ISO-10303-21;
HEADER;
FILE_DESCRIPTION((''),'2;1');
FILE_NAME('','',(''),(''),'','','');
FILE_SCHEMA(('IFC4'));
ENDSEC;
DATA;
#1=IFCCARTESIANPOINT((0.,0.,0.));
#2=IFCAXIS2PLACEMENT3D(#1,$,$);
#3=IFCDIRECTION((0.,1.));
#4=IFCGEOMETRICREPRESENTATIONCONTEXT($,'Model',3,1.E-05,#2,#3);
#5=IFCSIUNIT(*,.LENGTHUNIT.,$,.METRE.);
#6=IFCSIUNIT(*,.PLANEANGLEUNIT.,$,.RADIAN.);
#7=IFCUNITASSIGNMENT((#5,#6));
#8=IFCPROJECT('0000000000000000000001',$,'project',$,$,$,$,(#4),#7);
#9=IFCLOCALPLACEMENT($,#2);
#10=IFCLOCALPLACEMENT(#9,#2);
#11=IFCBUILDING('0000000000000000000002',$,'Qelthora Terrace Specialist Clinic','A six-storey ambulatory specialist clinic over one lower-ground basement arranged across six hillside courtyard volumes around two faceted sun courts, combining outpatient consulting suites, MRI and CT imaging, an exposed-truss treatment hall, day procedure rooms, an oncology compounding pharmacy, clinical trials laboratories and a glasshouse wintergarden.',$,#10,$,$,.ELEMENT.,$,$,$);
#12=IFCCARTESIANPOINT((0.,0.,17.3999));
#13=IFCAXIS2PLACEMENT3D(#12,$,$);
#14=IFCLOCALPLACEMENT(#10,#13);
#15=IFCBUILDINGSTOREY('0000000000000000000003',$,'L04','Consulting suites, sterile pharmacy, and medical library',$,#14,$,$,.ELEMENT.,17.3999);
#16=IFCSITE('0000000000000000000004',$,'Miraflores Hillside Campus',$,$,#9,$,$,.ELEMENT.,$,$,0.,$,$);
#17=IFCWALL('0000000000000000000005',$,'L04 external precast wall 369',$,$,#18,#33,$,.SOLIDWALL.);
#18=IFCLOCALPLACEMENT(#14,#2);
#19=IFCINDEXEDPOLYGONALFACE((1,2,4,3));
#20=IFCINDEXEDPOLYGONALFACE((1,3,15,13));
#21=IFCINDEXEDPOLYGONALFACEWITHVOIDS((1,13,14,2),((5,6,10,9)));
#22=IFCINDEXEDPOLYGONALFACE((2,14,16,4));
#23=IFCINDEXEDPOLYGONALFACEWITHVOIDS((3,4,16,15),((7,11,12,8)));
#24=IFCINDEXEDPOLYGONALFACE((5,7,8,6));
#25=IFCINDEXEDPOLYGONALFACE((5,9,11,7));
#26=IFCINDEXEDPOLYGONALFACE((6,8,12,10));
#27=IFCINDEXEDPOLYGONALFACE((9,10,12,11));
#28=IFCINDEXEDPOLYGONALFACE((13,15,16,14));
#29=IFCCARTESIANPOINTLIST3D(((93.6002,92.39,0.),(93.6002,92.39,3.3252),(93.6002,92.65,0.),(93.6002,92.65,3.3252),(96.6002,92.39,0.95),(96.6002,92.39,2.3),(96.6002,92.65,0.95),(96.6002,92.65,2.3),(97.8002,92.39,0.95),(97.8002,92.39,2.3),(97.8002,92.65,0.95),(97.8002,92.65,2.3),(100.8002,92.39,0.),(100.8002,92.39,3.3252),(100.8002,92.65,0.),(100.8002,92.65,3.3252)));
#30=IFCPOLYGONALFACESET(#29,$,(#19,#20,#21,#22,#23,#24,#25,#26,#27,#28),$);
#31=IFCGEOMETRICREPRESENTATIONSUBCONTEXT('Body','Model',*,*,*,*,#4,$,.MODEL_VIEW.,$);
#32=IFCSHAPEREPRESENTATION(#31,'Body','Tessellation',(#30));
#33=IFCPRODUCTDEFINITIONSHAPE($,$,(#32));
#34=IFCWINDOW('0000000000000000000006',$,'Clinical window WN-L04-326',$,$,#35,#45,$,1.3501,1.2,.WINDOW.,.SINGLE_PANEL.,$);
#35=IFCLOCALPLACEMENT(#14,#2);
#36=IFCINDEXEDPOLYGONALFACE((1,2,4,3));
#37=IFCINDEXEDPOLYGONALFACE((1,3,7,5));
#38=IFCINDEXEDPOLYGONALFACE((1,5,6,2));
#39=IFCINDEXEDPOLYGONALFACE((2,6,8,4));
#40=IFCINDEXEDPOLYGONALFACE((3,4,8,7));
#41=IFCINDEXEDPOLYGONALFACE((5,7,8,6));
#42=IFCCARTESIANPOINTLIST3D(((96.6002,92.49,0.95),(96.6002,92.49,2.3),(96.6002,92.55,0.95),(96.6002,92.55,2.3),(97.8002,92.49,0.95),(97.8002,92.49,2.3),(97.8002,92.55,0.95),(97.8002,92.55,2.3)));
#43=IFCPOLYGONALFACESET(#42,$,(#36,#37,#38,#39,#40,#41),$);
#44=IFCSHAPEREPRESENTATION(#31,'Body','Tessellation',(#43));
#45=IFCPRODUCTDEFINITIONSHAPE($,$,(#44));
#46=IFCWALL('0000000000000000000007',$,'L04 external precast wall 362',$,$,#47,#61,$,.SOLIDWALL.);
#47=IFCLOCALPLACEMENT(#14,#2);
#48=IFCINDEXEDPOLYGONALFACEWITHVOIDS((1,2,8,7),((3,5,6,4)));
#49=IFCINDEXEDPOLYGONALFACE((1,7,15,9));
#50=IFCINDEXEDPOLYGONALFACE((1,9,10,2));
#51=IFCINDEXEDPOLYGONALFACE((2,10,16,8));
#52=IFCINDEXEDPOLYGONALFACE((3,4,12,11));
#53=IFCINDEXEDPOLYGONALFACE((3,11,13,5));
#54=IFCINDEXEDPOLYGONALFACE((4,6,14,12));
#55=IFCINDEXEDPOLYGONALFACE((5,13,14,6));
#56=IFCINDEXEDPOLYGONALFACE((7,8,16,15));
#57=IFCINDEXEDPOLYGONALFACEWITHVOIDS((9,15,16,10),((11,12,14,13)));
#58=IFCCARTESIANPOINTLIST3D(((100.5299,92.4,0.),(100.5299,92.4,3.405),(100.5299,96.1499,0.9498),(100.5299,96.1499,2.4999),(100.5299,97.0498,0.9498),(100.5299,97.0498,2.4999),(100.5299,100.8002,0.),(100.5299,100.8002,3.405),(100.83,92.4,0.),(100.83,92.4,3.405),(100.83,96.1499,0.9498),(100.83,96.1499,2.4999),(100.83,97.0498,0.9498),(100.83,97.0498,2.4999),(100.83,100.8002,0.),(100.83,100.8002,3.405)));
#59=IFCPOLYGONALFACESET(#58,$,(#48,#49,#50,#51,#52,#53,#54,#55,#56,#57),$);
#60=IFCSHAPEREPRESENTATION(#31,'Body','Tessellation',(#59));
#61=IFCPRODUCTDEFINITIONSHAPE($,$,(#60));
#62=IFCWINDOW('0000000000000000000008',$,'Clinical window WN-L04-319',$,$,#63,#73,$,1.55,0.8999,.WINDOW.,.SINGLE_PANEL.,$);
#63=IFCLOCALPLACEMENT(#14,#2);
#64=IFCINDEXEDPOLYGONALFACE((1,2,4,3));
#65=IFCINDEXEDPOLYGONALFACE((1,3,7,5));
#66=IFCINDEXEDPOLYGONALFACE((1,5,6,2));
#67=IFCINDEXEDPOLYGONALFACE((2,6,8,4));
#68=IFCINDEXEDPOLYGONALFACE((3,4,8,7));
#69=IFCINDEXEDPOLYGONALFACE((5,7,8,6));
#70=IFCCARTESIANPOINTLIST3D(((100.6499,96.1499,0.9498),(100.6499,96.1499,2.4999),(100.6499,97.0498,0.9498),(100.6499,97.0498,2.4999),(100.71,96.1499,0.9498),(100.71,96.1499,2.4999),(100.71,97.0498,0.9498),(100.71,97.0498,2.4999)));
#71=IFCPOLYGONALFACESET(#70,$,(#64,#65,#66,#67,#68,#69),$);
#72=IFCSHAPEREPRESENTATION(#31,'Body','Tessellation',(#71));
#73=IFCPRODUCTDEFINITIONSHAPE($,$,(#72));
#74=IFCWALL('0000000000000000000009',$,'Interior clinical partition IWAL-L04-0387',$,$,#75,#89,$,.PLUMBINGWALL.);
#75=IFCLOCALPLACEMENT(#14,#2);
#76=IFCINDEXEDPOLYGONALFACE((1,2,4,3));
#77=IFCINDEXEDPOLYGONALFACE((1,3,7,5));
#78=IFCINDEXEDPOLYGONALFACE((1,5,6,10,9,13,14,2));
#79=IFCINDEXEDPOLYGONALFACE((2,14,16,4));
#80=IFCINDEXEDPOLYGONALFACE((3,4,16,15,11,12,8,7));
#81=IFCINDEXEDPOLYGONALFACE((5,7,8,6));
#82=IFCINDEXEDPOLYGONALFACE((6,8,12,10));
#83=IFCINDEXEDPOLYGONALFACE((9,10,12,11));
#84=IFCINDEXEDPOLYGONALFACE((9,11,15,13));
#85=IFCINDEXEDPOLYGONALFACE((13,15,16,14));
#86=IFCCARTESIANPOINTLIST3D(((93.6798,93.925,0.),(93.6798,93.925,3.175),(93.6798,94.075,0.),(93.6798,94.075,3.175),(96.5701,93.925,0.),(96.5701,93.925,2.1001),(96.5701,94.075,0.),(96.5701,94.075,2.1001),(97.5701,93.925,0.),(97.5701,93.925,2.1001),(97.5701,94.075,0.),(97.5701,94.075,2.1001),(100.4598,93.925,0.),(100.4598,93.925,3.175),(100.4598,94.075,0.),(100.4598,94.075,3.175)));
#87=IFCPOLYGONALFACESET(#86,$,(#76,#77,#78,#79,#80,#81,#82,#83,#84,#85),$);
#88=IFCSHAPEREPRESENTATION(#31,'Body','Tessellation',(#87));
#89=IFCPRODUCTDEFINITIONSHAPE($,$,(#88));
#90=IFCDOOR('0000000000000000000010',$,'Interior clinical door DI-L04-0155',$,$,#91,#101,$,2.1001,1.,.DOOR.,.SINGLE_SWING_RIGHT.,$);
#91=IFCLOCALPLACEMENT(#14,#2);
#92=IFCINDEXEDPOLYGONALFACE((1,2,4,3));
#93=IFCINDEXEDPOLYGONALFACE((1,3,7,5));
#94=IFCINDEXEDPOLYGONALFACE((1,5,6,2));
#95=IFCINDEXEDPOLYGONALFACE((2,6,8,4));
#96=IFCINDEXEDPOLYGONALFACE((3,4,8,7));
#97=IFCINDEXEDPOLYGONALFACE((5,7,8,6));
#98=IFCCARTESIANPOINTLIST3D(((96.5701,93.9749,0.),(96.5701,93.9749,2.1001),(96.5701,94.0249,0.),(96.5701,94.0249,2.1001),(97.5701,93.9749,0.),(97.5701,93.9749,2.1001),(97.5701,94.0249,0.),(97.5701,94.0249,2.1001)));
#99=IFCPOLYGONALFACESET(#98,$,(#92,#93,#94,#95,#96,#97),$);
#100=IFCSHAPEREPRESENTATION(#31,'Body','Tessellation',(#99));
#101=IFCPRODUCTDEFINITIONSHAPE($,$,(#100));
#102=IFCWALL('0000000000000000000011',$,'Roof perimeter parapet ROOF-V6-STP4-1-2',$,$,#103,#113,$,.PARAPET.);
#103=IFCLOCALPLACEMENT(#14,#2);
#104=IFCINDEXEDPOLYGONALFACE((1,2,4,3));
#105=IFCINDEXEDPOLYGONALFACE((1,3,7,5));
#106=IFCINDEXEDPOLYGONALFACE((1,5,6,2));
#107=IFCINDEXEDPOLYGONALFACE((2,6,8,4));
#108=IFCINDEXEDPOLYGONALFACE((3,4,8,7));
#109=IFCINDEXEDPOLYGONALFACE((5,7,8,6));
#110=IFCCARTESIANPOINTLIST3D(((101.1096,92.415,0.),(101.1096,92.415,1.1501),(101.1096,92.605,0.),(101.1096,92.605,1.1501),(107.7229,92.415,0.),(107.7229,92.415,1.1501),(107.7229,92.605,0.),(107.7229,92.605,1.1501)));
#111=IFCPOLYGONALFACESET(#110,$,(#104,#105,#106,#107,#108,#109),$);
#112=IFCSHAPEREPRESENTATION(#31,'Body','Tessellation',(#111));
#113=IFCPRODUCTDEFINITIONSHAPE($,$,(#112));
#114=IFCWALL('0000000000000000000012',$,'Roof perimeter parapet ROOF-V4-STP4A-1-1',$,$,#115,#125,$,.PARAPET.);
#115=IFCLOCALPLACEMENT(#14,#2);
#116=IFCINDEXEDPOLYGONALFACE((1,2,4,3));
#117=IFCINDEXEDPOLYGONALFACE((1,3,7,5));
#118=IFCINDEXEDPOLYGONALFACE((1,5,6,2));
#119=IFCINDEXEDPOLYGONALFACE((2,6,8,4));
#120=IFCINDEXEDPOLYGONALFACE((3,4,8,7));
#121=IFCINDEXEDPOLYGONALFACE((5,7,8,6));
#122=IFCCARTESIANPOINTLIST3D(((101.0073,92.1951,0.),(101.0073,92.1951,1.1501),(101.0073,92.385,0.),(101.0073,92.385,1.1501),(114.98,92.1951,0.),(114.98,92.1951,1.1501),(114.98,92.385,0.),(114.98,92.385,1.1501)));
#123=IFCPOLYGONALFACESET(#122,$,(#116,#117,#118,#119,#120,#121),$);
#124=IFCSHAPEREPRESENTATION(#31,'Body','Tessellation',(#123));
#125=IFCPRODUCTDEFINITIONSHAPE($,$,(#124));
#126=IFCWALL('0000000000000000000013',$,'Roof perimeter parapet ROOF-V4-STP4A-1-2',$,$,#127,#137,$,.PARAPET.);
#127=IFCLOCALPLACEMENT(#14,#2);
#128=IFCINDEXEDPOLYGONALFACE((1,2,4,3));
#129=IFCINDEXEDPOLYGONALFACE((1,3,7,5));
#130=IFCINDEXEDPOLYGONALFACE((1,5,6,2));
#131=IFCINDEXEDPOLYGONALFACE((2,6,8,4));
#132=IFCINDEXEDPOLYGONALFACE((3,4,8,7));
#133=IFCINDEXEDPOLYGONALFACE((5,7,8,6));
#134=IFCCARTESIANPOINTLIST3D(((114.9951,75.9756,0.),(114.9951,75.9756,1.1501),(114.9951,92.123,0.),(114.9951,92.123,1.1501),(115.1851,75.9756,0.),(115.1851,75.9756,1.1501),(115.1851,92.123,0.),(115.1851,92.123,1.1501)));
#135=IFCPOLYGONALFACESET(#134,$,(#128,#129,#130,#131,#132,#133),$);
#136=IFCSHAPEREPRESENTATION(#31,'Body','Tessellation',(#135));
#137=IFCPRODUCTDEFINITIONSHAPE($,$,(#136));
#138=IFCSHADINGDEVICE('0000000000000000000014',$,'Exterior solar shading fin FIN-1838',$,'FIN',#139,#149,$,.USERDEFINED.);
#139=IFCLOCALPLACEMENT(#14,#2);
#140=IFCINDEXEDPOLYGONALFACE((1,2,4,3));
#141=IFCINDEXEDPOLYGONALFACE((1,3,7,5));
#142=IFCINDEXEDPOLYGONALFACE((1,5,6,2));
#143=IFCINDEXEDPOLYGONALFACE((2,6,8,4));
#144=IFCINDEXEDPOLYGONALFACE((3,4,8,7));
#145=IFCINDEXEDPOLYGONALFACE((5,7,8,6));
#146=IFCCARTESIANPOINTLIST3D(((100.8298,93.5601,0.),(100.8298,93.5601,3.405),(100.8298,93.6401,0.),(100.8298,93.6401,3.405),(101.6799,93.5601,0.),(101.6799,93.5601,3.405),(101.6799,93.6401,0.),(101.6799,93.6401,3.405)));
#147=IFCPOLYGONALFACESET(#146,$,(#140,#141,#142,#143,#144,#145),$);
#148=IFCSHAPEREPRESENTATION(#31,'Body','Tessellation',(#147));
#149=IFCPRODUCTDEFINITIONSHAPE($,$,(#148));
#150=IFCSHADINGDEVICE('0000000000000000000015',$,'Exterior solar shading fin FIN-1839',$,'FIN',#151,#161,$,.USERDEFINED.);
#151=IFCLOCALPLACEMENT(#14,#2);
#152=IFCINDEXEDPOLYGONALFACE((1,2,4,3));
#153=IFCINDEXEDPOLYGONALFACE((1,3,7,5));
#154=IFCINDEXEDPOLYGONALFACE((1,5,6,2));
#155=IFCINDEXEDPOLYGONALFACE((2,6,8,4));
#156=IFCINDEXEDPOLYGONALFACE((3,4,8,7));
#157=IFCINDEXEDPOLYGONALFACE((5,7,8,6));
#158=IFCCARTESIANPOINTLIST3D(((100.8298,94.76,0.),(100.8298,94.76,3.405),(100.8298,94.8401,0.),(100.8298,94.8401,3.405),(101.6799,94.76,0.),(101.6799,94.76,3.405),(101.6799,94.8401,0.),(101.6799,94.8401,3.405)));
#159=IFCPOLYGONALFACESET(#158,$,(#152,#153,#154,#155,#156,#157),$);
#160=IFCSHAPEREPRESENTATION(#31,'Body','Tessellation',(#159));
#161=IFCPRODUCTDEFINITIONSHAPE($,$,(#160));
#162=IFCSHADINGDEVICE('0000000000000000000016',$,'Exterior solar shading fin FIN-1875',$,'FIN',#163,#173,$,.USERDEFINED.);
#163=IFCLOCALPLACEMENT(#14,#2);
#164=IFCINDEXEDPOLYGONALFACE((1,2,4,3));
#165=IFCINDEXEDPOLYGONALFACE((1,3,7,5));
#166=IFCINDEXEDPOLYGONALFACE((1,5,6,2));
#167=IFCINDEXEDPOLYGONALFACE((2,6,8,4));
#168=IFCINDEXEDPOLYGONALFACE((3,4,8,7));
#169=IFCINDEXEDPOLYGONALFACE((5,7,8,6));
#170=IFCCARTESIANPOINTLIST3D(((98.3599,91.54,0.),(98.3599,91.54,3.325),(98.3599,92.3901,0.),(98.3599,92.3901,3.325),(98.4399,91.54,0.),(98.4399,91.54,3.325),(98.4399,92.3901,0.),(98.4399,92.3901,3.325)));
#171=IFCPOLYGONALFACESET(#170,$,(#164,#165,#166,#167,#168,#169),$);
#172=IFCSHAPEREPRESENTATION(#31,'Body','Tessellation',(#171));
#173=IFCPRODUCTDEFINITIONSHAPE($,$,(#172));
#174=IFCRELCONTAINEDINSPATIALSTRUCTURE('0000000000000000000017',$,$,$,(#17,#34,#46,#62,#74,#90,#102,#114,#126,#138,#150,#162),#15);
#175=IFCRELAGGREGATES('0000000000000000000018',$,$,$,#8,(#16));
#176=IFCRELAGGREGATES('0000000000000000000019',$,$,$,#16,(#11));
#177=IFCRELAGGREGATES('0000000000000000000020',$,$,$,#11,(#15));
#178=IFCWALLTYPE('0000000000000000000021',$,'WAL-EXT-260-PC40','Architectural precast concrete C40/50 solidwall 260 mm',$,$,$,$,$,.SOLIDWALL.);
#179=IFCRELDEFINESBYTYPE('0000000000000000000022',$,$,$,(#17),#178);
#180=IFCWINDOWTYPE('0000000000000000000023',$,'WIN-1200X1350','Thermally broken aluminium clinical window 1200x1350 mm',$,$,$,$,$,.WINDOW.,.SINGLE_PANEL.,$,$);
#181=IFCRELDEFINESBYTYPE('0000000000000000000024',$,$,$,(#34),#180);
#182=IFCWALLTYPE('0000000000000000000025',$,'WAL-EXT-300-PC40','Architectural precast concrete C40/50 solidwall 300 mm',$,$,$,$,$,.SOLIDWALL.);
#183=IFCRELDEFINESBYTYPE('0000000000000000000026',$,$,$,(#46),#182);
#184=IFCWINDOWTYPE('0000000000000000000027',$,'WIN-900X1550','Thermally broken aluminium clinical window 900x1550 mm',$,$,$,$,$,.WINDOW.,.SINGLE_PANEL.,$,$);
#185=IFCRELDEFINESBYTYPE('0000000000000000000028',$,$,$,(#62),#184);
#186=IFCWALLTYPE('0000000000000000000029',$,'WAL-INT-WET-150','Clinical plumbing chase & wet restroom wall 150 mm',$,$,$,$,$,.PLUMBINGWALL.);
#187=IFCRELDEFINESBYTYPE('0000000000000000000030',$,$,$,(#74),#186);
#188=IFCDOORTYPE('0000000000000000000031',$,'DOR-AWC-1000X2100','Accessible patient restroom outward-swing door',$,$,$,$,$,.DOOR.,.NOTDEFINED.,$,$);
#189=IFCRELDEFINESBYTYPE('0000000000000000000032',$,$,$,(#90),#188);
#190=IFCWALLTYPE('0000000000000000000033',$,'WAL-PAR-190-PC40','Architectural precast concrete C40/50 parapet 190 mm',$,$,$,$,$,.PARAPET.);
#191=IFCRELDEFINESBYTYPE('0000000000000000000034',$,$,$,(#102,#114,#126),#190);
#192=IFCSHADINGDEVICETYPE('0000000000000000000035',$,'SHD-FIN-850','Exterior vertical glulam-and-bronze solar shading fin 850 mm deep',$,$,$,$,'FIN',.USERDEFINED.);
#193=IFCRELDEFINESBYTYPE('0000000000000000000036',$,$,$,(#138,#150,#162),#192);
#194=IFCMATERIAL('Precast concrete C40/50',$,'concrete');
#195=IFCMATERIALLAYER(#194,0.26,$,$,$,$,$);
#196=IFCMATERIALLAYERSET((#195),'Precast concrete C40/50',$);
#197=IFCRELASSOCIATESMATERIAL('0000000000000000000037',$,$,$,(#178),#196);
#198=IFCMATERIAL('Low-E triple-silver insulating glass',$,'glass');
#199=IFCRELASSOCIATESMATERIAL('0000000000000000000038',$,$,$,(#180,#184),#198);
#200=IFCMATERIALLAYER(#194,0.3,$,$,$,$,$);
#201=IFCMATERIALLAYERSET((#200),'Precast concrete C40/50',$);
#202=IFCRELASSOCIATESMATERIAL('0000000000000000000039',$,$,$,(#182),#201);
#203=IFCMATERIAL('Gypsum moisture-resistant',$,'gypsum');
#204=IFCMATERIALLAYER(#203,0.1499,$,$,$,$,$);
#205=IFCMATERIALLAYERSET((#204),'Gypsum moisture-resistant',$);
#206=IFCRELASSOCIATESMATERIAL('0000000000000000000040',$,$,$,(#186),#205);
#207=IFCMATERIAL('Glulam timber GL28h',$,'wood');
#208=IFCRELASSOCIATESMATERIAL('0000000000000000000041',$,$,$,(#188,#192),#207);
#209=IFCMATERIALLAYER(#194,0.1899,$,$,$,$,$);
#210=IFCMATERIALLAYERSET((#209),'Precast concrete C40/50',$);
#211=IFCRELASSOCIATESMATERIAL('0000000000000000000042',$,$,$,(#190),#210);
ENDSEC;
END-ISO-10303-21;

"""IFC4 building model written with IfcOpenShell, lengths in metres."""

from ifc_helpers import new_model, si_unit, direction, frame, frame_2d, origin, origin_2d, place, context, subcontext, project, spatial, rectangle, extrude, material, layer, layer_set, type_object, element, fill, save


model = new_model("IFC4")

# Units and contexts
model_context = context("Model", 3, precision=1e-05, world=origin(), true_north=direction((0.0, 1.0)))
body_context = subcontext(model_context, "Body", "Model", "MODEL_VIEW")
ifc_project = project(units=[si_unit("LENGTHUNIT", "METRE"), si_unit("PLANEANGLEUNIT", "RADIAN")], contexts=[model_context])

# Site, building, storey
site_placement = place(None, origin())
site = spatial("IfcSite", under=ifc_project, at=site_placement, Name="Miraflores Hillside Campus", CompositionType="ELEMENT", RefElevation=0.0)
building_placement = place(site_placement, origin())
building = spatial("IfcBuilding", under=site, at=building_placement, Name="Qelthora Terrace Specialist Clinic", Description="A six-storey ambulatory specialist clinic over one lower-ground basement arranged across six hillside courtyard volumes around two faceted sun courts, combining outpatient consulting suites, MRI and CT imaging, an exposed-truss treatment hall, day procedure rooms, an oncology compounding pharmacy, clinical trials laboratories and a glasshouse wintergarden.", CompositionType="ELEMENT")
storey_placement = place(building_placement, frame((0.0, 0.0, 17.3999)))
storey = spatial("IfcBuildingStorey", under=building, at=storey_placement, Name="L04", Description="Consulting suites, sterile pharmacy, and medical library", CompositionType="ELEMENT", Elevation=17.3999)

# Walls, openings, windows
ifc_material_1 = material(Name="Precast concrete C40/50", Category="concrete")
ifc_layer_1 = layer(ifc_material_1, 0.26)
ifc_layer_set_1 = layer_set([ifc_layer_1], Name="Precast concrete C40/50")
wall_type_1 = type_object("IfcWallType", Name="WAL-EXT-260-PC40", Description="Architectural precast concrete C40/50 solidwall 260 mm", PredefinedType="SOLIDWALL", material=ifc_layer_set_1)
wall_1_placement = place(storey_placement, frame((93.6001, 92.52, 0.0), z_axis=(0.0, 0.0, 1.0), x_axis=(1.0, 0.0, 0.0)))
wall_1 = element("IfcWall", 1, at=wall_1_placement, inside=storey, type_object=wall_type_1, Name="L04 external precast wall 369", PredefinedType="SOLIDWALL", context=body_context, shape_type="SweptSolid", body=[
    extrude(rectangle(XDim=7.2, YDim=0.26, at=frame_2d((3.6001, 0.0))), origin(), (0.0, 0.0, 1.0), 3.3252),
])
opening_1_placement = place(wall_1_placement, frame((3.0, 0.0, 0.95)))
opening_1 = element("IfcOpeningElement", 2, at=opening_1_placement, cuts=wall_1, PredefinedType="OPENING", context=body_context, shape_type="SweptSolid", body=[
    extrude(rectangle(XDim=1.2, YDim=1.3501, at=frame_2d((0.6001, 0.675))), frame((0.0, 0.1399, 0.0), z_axis=(0.0, -1.0, 0.0), x_axis=(1.0, 0.0, 0.0)), (0.0, 0.0, 1.0), 0.28),
])
ifc_material_2 = material(Name="Low-E triple-silver insulating glass", Category="glass")
window_type_1 = type_object("IfcWindowType", Name="WIN-1200X1350", Description="Thermally broken aluminium clinical window 1200x1350 mm", PartitioningType="SINGLE_PANEL", PredefinedType="WINDOW", material=ifc_material_2)
window_1_placement = place(opening_1_placement, origin())
window_1 = element("IfcWindow", 3, at=window_1_placement, inside=storey, type_object=window_type_1, Name="Clinical window WN-L04-326", OverallHeight=1.3501, OverallWidth=1.2, PartitioningType="SINGLE_PANEL", PredefinedType="WINDOW", context=body_context, shape_type="SweptSolid", body=[
    extrude(rectangle(XDim=1.2, YDim=1.3501, at=frame_2d((0.6001, 0.675))), frame((0.0, 0.03, 0.0), z_axis=(0.0, -1.0, 0.0), x_axis=(1.0, 0.0, 0.0)), (0.0, 0.0, 1.0), 0.0601),
])
fill(opening_1, window_1)
ifc_layer_2 = layer(ifc_material_1, 0.3)
ifc_layer_set_2 = layer_set([ifc_layer_2], Name="Precast concrete C40/50")
wall_type_2 = type_object("IfcWallType", Name="WAL-EXT-300-PC40", Description="Architectural precast concrete C40/50 solidwall 300 mm", PredefinedType="SOLIDWALL", material=ifc_layer_set_2)
wall_2_placement = place(storey_placement, frame((100.6799, 92.3999, 0.0), z_axis=(0.0, 0.0, 1.0), x_axis=(0.0, 1.0, 0.0)))
wall_2 = element("IfcWall", 4, at=wall_2_placement, inside=storey, type_object=wall_type_2, Name="L04 external precast wall 362", PredefinedType="SOLIDWALL", context=body_context, shape_type="SweptSolid", body=[
    extrude(rectangle(XDim=8.4001, YDim=0.3, at=frame_2d((4.2002, 0.0))), origin(), (0.0, 0.0, 1.0), 3.405),
])
opening_2_placement = place(wall_2_placement, frame((3.75, 0.0, 0.95)))
opening_2 = element("IfcOpeningElement", 5, at=opening_2_placement, cuts=wall_2, PredefinedType="OPENING", context=body_context, shape_type="SweptSolid", body=[
    extrude(rectangle(XDim=0.8999, YDim=1.55, at=frame_2d((0.45, 0.7749))), frame((0.0, 0.1599, 0.0), z_axis=(0.0, -1.0, 0.0), x_axis=(1.0, 0.0, 0.0)), (0.0, 0.0, 1.0), 0.3201),
])
window_type_2 = type_object("IfcWindowType", Name="WIN-900X1550", Description="Thermally broken aluminium clinical window 900x1550 mm", PartitioningType="SINGLE_PANEL", PredefinedType="WINDOW", material=ifc_material_2)
window_2_placement = place(opening_2_placement, origin())
window_2 = element("IfcWindow", 6, at=window_2_placement, inside=storey, type_object=window_type_2, Name="Clinical window WN-L04-319", OverallHeight=1.55, OverallWidth=0.8999, PartitioningType="SINGLE_PANEL", PredefinedType="WINDOW", context=body_context, shape_type="SweptSolid", body=[
    extrude(rectangle(XDim=0.8999, YDim=1.55, at=frame_2d((0.45, 0.7749))), frame((0.0, 0.03, 0.0), z_axis=(0.0, -1.0, 0.0), x_axis=(1.0, 0.0, 0.0)), (0.0, 0.0, 1.0), 0.0601),
])
fill(opening_2, window_2)

# Wall, opening, door
ifc_material_3 = material(Name="Gypsum moisture-resistant", Category="gypsum")
ifc_layer_3 = layer(ifc_material_3, 0.1499)
ifc_layer_set_3 = layer_set([ifc_layer_3], Name="Gypsum moisture-resistant")
wall_type_3 = type_object("IfcWallType", Name="WAL-INT-WET-150", Description="Clinical plumbing chase & wet restroom wall 150 mm", PredefinedType="PLUMBINGWALL", material=ifc_layer_set_3)
wall_3_placement = place(storey_placement, frame((100.46, 94.0, 0.0), z_axis=(0.0, 0.0, 1.0), x_axis=(-1.0, 0.0, 0.0)))
wall_3 = element("IfcWall", 7, at=wall_3_placement, inside=storey, type_object=wall_type_3, Name="Interior clinical partition IWAL-L04-0387", PredefinedType="PLUMBINGWALL", context=body_context, shape_type="SweptSolid", body=[
    extrude(rectangle(XDim=6.78, YDim=0.1499, at=frame_2d((3.3901, 0.0))), origin(), (0.0, 0.0, 1.0), 3.175),
])
opening_3_placement = place(wall_3_placement, frame((2.8899, 0.0, 0.0)))
opening_3 = element("IfcOpeningElement", 8, at=opening_3_placement, cuts=wall_3, PredefinedType="OPENING", context=body_context, shape_type="SweptSolid", body=[
    extrude(rectangle(XDim=1.0, YDim=2.1001, at=frame_2d((0.5, 1.05))), frame((0.0, 0.085, 0.0), z_axis=(0.0, -1.0, 0.0), x_axis=(1.0, 0.0, 0.0)), (0.0, 0.0, 1.0), 0.1699),
])
ifc_material_4 = material(Name="Glulam timber GL28h", Category="wood")
door_type = type_object("IfcDoorType", Name="DOR-AWC-1000X2100", Description="Accessible patient restroom outward-swing door", OperationType="NOTDEFINED", PredefinedType="DOOR", material=ifc_material_4)
door_placement = place(opening_3_placement, frame((1.0, 0.0, 0.0), z_axis=(0.0, 0.0, 1.0), x_axis=(-1.0, 0.0, 0.0)))
door = element("IfcDoor", 9, at=door_placement, inside=storey, type_object=door_type, Name="Interior clinical door DI-L04-0155", OperationType="SINGLE_SWING_RIGHT", OverallHeight=2.1001, OverallWidth=1.0, PredefinedType="DOOR", context=body_context, shape_type="SweptSolid", body=[
    extrude(rectangle(XDim=1.0, YDim=2.1001, at=frame_2d((0.5, 1.05))), frame((0.0, 0.0249, 0.0), z_axis=(0.0, -1.0, 0.0), x_axis=(1.0, 0.0, 0.0)), (0.0, 0.0, 1.0), 0.05),
])
fill(opening_3, door)

# Walls
ifc_layer_4 = layer(ifc_material_1, 0.1899)
ifc_layer_set_4 = layer_set([ifc_layer_4], Name="Precast concrete C40/50")
wall_type_4 = type_object("IfcWallType", Name="WAL-PAR-190-PC40", Description="Architectural precast concrete C40/50 parapet 190 mm", PredefinedType="PARAPET", material=ifc_layer_set_4)
wall_4_placement = place(storey_placement, frame((107.7229, 92.51, 0.0), z_axis=(0.0, 0.0, 1.0), x_axis=(-1.0, 0.0, 0.0)))
element("IfcWall", 10, at=wall_4_placement, inside=storey, type_object=wall_type_4, Name="Roof perimeter parapet ROOF-V6-STP4-1-2", PredefinedType="PARAPET", context=body_context, shape_type="SweptSolid", body=[
    extrude(rectangle(XDim=6.6133, YDim=0.1899, at=frame_2d((3.3066, 0.0))), origin(), (0.0, 0.0, 1.0), 1.1501),
])
wall_5_placement = place(storey_placement, frame((101.0073, 92.29, 0.0), z_axis=(0.0, 0.0, 1.0), x_axis=(1.0, 0.0, 0.0)))
element("IfcWall", 11, at=wall_5_placement, inside=storey, type_object=wall_type_4, Name="Roof perimeter parapet ROOF-V4-STP4A-1-1", PredefinedType="PARAPET", context=body_context, shape_type="SweptSolid", body=[
    extrude(rectangle(XDim=13.9727, YDim=0.1899, at=frame_2d((6.9863, 0.0))), origin(), (0.0, 0.0, 1.0), 1.1501),
])
wall_6_placement = place(storey_placement, frame((115.0901, 92.123, 0.0), z_axis=(0.0, 0.0, 1.0), x_axis=(0.0, -1.0, 0.0)))
element("IfcWall", 12, at=wall_6_placement, inside=storey, type_object=wall_type_4, Name="Roof perimeter parapet ROOF-V4-STP4A-1-2", PredefinedType="PARAPET", context=body_context, shape_type="SweptSolid", body=[
    extrude(rectangle(XDim=16.1475, YDim=0.1899, at=frame_2d((8.0737, 0.0))), origin(), (0.0, 0.0, 1.0), 1.1501),
])

# Shading devices
shading_device_type = type_object("IfcShadingDeviceType", Name="SHD-FIN-850", Description="Exterior vertical glulam-and-bronze solar shading fin 850 mm deep", ElementType="FIN", PredefinedType="USERDEFINED", material=ifc_material_4)
for number, where, z_axis, x_axis, name in (
    (13, (101.2549, 93.6001, 0.0), (0.0, 0.0, 1.0), (1.0, 0.0, 0.0), "Exterior solar shading fin FIN-1838"),
    (14, (101.2549, 94.8, 0.0), (0.0, 0.0, 1.0), (1.0, 0.0, 0.0), "Exterior solar shading fin FIN-1839"),
):
    element("IfcShadingDevice", number, at=place(storey_placement, frame(where, z_axis=z_axis, x_axis=x_axis)), inside=storey, type_object=shading_device_type, Name=name, ObjectType="FIN", PredefinedType="USERDEFINED", context=body_context, shape_type="SweptSolid", body=[
        extrude(rectangle(XDim=0.8501, YDim=0.0801, at=origin_2d()), origin(), (0.0, 0.0, 1.0), 3.405),
    ])
for number, where, z_axis, x_axis, name in (
    (15, (98.3999, 91.9651, 0.0), (0.0, 0.0, 1.0), (0.0, -1.0, 0.0), "Exterior solar shading fin FIN-1875"),
):
    element("IfcShadingDevice", number, at=place(storey_placement, frame(where, z_axis=z_axis, x_axis=x_axis)), inside=storey, type_object=shading_device_type, Name=name, ObjectType="FIN", PredefinedType="USERDEFINED", context=body_context, shape_type="SweptSolid", body=[
        extrude(rectangle(XDim=0.8501, YDim=0.0801, at=origin_2d()), origin(), (0.0, 0.0, 1.0), 3.325),
    ])

save(model, "model.ifc")
